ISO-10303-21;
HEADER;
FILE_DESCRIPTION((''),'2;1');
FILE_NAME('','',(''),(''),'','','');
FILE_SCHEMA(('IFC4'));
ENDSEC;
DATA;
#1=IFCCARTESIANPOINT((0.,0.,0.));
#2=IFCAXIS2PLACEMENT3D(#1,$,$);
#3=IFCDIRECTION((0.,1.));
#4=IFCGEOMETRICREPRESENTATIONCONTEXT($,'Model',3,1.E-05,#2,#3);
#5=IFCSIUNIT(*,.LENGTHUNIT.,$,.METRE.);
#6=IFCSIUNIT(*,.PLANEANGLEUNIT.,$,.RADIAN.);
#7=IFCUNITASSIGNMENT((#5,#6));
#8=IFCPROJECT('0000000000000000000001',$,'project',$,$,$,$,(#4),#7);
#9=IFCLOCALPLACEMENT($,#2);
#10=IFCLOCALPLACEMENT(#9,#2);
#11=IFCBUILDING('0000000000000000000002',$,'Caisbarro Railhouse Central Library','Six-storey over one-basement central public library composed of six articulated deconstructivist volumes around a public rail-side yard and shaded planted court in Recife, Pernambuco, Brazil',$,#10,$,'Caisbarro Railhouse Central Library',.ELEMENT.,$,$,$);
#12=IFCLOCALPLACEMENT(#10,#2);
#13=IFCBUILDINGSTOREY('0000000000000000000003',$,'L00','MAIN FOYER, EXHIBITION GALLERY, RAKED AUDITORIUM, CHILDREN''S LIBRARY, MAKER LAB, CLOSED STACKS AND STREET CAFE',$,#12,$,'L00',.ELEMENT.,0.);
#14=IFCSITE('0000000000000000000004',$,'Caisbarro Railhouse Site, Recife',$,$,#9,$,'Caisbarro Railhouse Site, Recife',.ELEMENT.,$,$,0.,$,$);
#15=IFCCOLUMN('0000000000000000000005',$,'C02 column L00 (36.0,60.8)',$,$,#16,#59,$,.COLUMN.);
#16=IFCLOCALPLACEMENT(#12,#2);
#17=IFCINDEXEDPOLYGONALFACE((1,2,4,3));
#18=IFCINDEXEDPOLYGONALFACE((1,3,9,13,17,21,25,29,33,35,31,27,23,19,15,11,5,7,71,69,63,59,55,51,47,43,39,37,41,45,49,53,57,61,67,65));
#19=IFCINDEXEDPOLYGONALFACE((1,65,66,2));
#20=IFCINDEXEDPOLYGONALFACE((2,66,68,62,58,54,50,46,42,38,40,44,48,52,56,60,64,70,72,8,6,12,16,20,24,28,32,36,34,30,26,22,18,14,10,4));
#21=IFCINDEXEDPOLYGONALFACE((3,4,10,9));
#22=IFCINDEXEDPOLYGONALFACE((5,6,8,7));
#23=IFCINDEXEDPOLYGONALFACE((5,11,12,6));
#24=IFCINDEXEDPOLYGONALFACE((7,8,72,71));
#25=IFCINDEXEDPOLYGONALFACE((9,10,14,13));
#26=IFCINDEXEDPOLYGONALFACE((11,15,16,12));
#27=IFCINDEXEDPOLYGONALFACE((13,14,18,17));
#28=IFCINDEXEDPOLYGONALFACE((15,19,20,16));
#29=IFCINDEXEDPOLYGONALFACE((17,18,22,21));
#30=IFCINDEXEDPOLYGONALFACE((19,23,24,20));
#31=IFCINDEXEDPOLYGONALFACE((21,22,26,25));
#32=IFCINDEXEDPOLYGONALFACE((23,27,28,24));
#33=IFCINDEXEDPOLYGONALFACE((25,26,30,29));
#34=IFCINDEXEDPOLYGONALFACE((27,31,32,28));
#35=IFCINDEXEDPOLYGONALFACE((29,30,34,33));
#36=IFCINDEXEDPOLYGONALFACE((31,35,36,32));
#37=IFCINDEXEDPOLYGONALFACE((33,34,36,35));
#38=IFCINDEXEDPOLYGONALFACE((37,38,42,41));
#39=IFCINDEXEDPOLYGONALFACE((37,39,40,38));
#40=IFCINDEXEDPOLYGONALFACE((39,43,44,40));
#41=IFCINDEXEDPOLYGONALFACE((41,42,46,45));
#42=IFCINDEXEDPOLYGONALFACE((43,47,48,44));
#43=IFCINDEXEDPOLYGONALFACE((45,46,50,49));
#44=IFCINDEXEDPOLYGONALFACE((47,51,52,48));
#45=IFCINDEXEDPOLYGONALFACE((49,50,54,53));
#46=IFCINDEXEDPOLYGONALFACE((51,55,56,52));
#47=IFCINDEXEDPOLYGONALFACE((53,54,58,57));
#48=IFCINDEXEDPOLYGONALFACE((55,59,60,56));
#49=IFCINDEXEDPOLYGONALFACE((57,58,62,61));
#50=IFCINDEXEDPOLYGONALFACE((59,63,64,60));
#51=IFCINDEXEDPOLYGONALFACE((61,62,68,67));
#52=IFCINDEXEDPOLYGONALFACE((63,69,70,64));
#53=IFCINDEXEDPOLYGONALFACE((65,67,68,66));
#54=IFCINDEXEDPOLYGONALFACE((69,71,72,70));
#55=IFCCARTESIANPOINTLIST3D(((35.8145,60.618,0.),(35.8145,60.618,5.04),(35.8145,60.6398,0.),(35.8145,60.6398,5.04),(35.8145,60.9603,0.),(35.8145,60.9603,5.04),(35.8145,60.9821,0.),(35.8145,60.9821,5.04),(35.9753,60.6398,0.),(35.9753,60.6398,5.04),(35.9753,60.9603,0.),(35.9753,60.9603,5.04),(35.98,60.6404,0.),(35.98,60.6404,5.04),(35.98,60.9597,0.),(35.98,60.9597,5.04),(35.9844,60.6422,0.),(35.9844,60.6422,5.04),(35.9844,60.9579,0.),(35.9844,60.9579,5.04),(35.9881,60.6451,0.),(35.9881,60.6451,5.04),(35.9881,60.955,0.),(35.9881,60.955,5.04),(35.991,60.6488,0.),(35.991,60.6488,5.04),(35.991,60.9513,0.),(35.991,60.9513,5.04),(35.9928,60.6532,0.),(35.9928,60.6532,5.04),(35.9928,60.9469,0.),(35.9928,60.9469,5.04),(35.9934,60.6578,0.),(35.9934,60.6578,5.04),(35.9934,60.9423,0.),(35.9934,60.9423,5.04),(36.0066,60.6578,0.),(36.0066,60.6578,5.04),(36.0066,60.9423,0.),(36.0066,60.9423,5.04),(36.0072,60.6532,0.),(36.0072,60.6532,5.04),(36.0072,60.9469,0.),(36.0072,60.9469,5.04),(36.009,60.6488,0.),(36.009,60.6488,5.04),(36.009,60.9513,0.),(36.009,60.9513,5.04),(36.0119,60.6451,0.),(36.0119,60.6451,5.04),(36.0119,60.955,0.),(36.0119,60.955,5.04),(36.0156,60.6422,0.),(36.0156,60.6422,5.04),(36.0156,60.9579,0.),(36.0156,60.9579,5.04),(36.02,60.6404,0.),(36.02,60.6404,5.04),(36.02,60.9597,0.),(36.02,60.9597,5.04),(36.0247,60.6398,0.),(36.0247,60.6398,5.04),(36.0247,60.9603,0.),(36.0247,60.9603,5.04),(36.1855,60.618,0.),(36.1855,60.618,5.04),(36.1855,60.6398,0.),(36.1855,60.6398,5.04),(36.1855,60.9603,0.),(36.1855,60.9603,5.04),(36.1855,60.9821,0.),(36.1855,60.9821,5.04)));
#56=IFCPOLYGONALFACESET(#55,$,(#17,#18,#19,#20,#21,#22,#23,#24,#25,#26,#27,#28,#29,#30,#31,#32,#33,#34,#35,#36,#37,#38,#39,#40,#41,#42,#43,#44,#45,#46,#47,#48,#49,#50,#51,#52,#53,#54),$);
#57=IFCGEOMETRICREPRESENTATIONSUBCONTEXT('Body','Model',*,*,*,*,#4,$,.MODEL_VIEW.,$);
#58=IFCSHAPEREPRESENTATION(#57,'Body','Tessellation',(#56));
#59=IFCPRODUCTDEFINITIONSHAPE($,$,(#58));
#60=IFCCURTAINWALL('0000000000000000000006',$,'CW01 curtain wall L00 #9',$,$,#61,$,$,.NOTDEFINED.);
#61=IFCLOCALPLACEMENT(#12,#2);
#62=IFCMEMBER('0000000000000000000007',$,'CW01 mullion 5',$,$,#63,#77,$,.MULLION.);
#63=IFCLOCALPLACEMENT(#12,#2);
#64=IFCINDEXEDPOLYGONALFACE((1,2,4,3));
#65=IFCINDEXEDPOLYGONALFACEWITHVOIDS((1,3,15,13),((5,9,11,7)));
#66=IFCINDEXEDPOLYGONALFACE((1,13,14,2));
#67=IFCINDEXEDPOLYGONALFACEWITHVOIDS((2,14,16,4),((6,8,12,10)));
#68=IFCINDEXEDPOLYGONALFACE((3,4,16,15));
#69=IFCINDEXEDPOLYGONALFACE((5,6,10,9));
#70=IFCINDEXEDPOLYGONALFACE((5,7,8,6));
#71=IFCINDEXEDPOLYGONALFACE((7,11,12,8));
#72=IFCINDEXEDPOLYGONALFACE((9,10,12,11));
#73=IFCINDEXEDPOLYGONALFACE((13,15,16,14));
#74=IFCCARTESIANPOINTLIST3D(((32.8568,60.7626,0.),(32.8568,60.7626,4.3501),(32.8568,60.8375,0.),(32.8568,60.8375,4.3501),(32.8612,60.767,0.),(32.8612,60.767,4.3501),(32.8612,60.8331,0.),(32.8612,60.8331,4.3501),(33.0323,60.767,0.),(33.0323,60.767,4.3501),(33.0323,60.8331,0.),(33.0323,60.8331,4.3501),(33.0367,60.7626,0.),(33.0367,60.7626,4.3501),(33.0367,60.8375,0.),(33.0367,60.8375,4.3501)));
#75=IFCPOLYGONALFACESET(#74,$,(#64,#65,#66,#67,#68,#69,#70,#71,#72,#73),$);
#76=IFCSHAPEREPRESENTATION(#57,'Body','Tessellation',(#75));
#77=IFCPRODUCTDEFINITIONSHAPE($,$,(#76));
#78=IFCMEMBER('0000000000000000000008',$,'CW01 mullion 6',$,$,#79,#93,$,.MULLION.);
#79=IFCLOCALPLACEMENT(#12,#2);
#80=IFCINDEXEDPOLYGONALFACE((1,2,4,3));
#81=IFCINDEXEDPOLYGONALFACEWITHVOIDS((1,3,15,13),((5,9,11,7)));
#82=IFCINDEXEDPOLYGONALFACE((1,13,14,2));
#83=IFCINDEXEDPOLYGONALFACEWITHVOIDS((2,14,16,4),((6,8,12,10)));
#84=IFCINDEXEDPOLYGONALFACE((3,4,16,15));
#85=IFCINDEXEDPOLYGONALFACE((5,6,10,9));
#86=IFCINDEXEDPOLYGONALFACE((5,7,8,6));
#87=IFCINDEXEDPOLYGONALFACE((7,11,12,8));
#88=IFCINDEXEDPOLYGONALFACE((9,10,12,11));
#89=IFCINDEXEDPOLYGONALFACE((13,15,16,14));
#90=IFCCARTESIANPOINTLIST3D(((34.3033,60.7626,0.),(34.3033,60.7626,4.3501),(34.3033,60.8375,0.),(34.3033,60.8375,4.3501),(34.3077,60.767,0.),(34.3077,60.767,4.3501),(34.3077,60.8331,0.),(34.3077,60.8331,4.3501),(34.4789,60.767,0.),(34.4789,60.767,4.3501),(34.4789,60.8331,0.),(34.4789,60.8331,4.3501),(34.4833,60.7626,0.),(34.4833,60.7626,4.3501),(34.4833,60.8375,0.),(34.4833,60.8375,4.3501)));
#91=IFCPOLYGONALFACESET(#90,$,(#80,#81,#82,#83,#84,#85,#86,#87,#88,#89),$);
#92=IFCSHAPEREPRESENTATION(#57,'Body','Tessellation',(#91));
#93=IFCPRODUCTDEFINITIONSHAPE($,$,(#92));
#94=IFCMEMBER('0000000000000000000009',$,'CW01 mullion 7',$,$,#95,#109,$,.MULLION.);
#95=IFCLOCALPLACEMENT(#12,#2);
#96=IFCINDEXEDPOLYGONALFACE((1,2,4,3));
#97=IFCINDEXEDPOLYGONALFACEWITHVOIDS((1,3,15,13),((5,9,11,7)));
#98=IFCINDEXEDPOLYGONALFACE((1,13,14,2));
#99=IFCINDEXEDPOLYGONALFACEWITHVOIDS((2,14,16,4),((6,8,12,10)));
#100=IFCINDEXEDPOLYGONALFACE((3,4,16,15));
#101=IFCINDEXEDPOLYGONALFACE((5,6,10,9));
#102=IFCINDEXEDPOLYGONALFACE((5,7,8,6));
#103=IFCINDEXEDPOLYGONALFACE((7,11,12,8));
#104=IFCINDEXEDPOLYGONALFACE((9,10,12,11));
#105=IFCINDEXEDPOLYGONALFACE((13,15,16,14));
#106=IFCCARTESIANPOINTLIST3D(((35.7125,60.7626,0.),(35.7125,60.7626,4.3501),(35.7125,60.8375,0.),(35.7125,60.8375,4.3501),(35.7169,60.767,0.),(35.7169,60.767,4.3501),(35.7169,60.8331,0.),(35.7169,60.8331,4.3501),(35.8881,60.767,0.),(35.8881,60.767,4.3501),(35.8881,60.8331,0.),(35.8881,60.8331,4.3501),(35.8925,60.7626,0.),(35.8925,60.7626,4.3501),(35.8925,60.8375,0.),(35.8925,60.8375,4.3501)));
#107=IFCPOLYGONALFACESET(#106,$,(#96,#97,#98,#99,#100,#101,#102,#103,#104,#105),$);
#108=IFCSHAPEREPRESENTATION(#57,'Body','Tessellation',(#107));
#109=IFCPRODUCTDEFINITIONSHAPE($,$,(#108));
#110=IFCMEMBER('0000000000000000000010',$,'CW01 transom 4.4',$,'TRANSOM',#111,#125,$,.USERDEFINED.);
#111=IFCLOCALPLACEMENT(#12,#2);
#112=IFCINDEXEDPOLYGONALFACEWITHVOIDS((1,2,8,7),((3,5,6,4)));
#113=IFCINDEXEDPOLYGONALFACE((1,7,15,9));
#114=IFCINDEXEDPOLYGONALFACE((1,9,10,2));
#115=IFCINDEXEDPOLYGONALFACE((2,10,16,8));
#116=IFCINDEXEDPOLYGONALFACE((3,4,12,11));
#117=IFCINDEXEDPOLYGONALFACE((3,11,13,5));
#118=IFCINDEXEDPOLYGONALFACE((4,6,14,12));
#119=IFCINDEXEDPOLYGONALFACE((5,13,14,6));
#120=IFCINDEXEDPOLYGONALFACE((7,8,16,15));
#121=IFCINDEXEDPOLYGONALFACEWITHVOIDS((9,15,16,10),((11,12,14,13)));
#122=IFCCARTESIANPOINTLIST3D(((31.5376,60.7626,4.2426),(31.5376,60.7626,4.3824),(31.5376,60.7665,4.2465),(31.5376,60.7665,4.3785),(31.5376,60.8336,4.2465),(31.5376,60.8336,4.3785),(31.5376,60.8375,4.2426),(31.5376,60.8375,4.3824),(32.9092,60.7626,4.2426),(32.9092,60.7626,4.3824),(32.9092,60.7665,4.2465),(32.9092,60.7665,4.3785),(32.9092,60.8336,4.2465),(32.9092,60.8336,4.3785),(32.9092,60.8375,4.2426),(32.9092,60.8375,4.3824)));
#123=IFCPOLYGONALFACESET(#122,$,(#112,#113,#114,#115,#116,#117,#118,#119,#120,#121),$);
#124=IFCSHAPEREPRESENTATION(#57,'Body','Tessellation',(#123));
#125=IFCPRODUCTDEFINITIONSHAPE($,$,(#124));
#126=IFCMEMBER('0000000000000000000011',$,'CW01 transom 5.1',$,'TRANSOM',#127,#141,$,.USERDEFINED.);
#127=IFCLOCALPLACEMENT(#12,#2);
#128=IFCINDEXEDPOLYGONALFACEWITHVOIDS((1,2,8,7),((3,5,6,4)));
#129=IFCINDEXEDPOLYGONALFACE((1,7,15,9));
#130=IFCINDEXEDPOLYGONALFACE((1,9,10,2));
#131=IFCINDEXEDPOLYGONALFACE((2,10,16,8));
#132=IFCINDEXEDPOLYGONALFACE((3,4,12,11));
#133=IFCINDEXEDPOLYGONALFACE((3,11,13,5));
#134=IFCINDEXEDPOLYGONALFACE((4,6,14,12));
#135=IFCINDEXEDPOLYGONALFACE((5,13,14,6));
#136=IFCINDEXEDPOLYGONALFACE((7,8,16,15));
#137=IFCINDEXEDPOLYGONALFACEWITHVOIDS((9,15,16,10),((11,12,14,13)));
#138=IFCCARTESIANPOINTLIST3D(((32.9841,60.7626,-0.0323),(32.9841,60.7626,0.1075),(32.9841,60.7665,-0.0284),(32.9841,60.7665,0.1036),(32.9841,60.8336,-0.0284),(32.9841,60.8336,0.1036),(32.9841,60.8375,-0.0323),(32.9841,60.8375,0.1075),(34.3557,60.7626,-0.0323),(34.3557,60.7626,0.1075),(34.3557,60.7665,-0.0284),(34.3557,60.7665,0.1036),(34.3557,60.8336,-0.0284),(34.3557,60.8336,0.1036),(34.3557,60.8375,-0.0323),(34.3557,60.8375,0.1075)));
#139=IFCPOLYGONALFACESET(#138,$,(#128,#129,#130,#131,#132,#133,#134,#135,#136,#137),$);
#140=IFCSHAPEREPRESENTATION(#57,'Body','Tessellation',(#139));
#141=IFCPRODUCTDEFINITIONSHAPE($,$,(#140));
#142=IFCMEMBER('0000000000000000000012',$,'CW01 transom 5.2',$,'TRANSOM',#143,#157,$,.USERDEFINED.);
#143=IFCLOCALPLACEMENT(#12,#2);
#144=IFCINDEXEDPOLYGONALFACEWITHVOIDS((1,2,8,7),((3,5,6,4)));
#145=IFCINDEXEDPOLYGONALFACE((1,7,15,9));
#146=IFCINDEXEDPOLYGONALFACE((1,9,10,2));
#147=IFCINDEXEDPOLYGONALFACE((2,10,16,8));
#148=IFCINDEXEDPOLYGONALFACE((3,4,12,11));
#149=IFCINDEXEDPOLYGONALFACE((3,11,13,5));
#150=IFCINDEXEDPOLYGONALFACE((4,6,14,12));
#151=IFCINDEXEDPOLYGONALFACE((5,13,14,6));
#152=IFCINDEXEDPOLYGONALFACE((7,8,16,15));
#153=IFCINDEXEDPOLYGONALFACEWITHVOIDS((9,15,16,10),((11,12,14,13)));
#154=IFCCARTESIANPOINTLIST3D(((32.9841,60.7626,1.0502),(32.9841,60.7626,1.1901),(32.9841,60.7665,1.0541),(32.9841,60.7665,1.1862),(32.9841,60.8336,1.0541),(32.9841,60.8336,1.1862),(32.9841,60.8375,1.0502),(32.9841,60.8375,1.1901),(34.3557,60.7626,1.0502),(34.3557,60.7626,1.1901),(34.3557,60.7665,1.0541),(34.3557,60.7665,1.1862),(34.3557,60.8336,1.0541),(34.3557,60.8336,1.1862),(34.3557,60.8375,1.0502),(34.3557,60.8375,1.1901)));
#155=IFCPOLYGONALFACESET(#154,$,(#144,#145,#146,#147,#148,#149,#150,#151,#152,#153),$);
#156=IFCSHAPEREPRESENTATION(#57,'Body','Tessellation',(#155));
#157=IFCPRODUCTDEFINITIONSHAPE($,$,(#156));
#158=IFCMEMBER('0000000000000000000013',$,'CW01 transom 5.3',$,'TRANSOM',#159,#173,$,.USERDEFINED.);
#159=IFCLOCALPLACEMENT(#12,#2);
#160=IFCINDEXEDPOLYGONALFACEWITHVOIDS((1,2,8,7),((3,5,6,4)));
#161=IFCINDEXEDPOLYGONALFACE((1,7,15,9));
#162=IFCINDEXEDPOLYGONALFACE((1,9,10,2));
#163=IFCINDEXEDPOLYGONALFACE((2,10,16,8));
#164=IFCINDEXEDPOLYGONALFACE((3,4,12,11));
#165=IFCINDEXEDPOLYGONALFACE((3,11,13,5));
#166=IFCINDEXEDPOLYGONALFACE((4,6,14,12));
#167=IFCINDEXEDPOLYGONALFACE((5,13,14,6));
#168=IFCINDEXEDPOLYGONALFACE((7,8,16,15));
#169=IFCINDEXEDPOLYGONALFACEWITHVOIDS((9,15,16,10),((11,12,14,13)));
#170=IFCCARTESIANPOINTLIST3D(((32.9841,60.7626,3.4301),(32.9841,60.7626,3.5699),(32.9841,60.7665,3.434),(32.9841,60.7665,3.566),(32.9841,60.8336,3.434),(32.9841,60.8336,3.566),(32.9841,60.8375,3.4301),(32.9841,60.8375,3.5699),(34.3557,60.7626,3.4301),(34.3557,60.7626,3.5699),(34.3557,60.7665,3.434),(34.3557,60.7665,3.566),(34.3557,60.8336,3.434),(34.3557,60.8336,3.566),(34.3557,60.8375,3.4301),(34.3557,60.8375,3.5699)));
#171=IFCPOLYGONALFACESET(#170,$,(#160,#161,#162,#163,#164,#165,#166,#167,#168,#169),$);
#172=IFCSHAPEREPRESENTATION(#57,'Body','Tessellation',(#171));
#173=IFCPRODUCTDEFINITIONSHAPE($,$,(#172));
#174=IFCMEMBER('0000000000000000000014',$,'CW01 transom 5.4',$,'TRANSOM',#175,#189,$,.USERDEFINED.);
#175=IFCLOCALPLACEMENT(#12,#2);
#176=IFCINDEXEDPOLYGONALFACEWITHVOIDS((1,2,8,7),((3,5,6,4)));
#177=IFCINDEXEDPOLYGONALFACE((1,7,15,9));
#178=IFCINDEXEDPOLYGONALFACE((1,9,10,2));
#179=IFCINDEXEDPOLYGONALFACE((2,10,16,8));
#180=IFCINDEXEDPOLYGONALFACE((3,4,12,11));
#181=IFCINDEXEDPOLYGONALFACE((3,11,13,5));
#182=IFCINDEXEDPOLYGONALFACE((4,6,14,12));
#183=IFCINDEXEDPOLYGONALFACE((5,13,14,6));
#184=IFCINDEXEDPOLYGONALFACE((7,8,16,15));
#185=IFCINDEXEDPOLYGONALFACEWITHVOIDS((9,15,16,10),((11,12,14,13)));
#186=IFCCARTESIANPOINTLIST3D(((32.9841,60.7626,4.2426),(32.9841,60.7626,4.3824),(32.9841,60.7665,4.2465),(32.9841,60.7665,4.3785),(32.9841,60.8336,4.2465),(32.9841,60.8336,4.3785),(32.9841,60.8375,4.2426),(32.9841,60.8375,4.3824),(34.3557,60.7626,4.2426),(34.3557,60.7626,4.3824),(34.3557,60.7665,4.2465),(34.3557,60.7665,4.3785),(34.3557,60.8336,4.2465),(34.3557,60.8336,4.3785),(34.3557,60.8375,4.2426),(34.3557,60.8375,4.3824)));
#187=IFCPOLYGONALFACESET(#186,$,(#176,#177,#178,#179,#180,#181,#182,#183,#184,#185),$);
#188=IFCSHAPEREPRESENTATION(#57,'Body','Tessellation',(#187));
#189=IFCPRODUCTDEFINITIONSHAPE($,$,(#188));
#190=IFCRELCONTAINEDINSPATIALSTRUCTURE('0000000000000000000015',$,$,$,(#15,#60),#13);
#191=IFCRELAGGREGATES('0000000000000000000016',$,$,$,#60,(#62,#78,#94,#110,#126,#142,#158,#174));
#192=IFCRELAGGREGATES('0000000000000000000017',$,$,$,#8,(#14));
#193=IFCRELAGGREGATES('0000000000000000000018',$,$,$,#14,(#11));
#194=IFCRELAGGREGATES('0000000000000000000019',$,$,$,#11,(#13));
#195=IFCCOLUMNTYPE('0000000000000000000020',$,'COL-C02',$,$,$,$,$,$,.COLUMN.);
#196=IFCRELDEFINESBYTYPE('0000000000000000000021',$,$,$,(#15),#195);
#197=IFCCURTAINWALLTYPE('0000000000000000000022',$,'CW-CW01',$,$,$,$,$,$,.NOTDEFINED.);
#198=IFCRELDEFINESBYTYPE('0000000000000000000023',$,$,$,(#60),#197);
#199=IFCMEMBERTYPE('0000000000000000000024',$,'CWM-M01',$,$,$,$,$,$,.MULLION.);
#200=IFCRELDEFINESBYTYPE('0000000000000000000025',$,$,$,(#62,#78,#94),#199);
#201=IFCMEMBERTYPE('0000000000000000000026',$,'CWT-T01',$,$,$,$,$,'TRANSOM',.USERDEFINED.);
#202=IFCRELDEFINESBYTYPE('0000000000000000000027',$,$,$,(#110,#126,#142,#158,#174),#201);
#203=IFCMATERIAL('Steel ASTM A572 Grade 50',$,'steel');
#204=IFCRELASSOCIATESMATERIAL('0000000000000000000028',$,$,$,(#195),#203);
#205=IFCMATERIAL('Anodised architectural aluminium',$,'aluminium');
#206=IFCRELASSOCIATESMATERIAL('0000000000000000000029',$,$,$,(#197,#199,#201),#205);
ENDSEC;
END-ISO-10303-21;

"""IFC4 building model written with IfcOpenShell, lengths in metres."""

from ifc_helpers import new_model, si_unit, direction, frame, origin, origin_2d, place, context, subcontext, project, spatial, hollow_rectangle, i_section, extrude, material, material_profile, profile_set, type_object, element, aggregate, save


model = new_model("IFC4")

# Units and contexts
model_context = context("Model", 3, precision=1e-05, world=origin(), true_north=direction((0.0, 1.0)))
body_context = subcontext(model_context, "Body", "Model", "MODEL_VIEW")
ifc_project = project(units=[si_unit("LENGTHUNIT", "METRE"), si_unit("PLANEANGLEUNIT", "RADIAN")], contexts=[model_context])

# Site, building, storey
site_placement = place(None, origin())
site = spatial("IfcSite", under=ifc_project, at=site_placement, Name="Caisbarro Railhouse Site, Recife", LongName="Caisbarro Railhouse Site, Recife", CompositionType="ELEMENT", RefElevation=0.0)
building_placement = place(site_placement, origin())
building = spatial("IfcBuilding", under=site, at=building_placement, Name="Caisbarro Railhouse Central Library", Description="Six-storey over one-basement central public library composed of six articulated deconstructivist volumes around a public rail-side yard and shaded planted court in Recife, Pernambuco, Brazil", LongName="Caisbarro Railhouse Central Library", CompositionType="ELEMENT")
storey_placement = place(building_placement, origin())
storey = spatial("IfcBuildingStorey", under=building, at=storey_placement, Name="L00", Description="MAIN FOYER, EXHIBITION GALLERY, RAKED AUDITORIUM, CHILDREN'S LIBRARY, MAKER LAB, CLOSED STACKS AND STREET CAFE", LongName="L00", CompositionType="ELEMENT", Elevation=0.0)

# Column
ifc_material_1 = material(Name="Steel ASTM A572 Grade 50", Category="steel")
ifc_material_profile_1 = material_profile(ifc_material_1, i_section(OverallWidth=0.3711, OverallDepth=0.364, WebThickness=0.0132, FlangeThickness=0.0217, FilletRadius=0.0181, at=origin_2d()), Name="W360X162.0")
ifc_profile_set_1 = profile_set([ifc_material_profile_1], Name="Steel ASTM A572 Grade 50")
column_type = type_object("IfcColumnType", Name="COL-C02", PredefinedType="COLUMN", material=ifc_profile_set_1)
column_placement = place(storey_placement, frame((36.0, 60.8, 0.0), z_axis=(0.0, 0.0, 1.0), x_axis=(1.0, 0.0, 0.0)))
element("IfcColumn", 1, at=column_placement, inside=storey, type_object=column_type, Name="C02 column L00 (36.0,60.8)", PredefinedType="COLUMN", context=body_context, shape_type="SweptSolid", body=[
    extrude(i_section(OverallWidth=0.3711, OverallDepth=0.364, WebThickness=0.0132, FlangeThickness=0.0217, FilletRadius=0.0181, at=origin_2d()), origin(), (0.0, 0.0, 1.0), 5.04),
])

# Curtain wall, members
ifc_material_2 = material(Name="Anodised architectural aluminium", Category="aluminium")
curtain_wall_type = type_object("IfcCurtainWallType", Name="CW-CW01", PredefinedType="NOTDEFINED", material=ifc_material_2)
curtain_wall_placement = place(storey_placement, origin())
curtain_wall = element("IfcCurtainWall", 2, at=curtain_wall_placement, inside=storey, type_object=curtain_wall_type, Name="CW01 curtain wall L00 #9", PredefinedType="NOTDEFINED")
ifc_material_profile_2 = material_profile(ifc_material_2, hollow_rectangle(XDim=0.075, YDim=0.1799, WallThickness=0.0044, at=origin_2d()), Name="ALU-MUL-75X180")
ifc_profile_set_2 = profile_set([ifc_material_profile_2], Name="Anodised architectural aluminium")
member_type_1 = type_object("IfcMemberType", Name="CWM-M01", PredefinedType="MULLION", material=ifc_profile_set_2)
member_1_placement = place(storey_placement, frame((32.9468, 60.8, 0.0), z_axis=(0.0, 0.0, 1.0), x_axis=(0.0, 1.0, 0.0)))
member_1 = element("IfcMember", 3, at=member_1_placement, type_object=member_type_1, Name="CW01 mullion 5", PredefinedType="MULLION", context=body_context, shape_type="SweptSolid", body=[
    extrude(hollow_rectangle(XDim=0.075, YDim=0.1799, WallThickness=0.0044, at=origin_2d()), origin(), (0.0, 0.0, 1.0), 4.3501),
])
member_2_placement = place(storey_placement, frame((34.3933, 60.8, 0.0), z_axis=(0.0, 0.0, 1.0), x_axis=(0.0, 1.0, 0.0)))
member_2 = element("IfcMember", 4, at=member_2_placement, type_object=member_type_1, Name="CW01 mullion 6", PredefinedType="MULLION", context=body_context, shape_type="SweptSolid", body=[
    extrude(hollow_rectangle(XDim=0.075, YDim=0.1799, WallThickness=0.0044, at=origin_2d()), origin(), (0.0, 0.0, 1.0), 4.3501),
])
member_3_placement = place(storey_placement, frame((35.8025, 60.8, 0.0), z_axis=(0.0, 0.0, 1.0), x_axis=(0.0, 1.0, 0.0)))
member_3 = element("IfcMember", 5, at=member_3_placement, type_object=member_type_1, Name="CW01 mullion 7", PredefinedType="MULLION", context=body_context, shape_type="SweptSolid", body=[
    extrude(hollow_rectangle(XDim=0.075, YDim=0.1799, WallThickness=0.0044, at=origin_2d()), origin(), (0.0, 0.0, 1.0), 4.3501),
])
ifc_material_profile_3 = material_profile(ifc_material_2, hollow_rectangle(XDim=0.075, YDim=0.1399, WallThickness=0.0039, at=origin_2d()), Name="ALU-TRN-75X140")
ifc_profile_set_3 = profile_set([ifc_material_profile_3], Name="Anodised architectural aluminium")
member_type_2 = type_object("IfcMemberType", Name="CWT-T01", ElementType="TRANSOM", PredefinedType="USERDEFINED", material=ifc_profile_set_3)
member_4_placement = place(storey_placement, frame((31.5376, 60.8, 4.3125), z_axis=(1.0, 0.0, 0.0), x_axis=(0.0, 1.0, 0.0)))
member_4 = element("IfcMember", 6, at=member_4_placement, type_object=member_type_2, Name="CW01 transom 4.4", ObjectType="TRANSOM", PredefinedType="USERDEFINED", context=body_context, shape_type="SweptSolid", body=[
    extrude(hollow_rectangle(XDim=0.075, YDim=0.1399, WallThickness=0.0039, at=origin_2d()), origin(), (0.0, 0.0, 1.0), 1.3716),
])
member_5_placement = place(storey_placement, frame((32.9841, 60.8, 0.0376), z_axis=(1.0, 0.0, 0.0), x_axis=(0.0, 1.0, 0.0)))
member_5 = element("IfcMember", 7, at=member_5_placement, type_object=member_type_2, Name="CW01 transom 5.1", ObjectType="TRANSOM", PredefinedType="USERDEFINED", context=body_context, shape_type="SweptSolid", body=[
    extrude(hollow_rectangle(XDim=0.075, YDim=0.1399, WallThickness=0.0039, at=origin_2d()), origin(), (0.0, 0.0, 1.0), 1.3716),
])
member_6_placement = place(storey_placement, frame((32.9841, 60.8, 1.1201), z_axis=(1.0, 0.0, 0.0), x_axis=(0.0, 1.0, 0.0)))
member_6 = element("IfcMember", 8, at=member_6_placement, type_object=member_type_2, Name="CW01 transom 5.2", ObjectType="TRANSOM", PredefinedType="USERDEFINED", context=body_context, shape_type="SweptSolid", body=[
    extrude(hollow_rectangle(XDim=0.075, YDim=0.1399, WallThickness=0.0039, at=origin_2d()), origin(), (0.0, 0.0, 1.0), 1.3716),
])
member_7_placement = place(storey_placement, frame((32.9841, 60.8, 3.5), z_axis=(1.0, 0.0, 0.0), x_axis=(0.0, 1.0, 0.0)))
member_7 = element("IfcMember", 9, at=member_7_placement, type_object=member_type_2, Name="CW01 transom 5.3", ObjectType="TRANSOM", PredefinedType="USERDEFINED", context=body_context, shape_type="SweptSolid", body=[
    extrude(hollow_rectangle(XDim=0.075, YDim=0.1399, WallThickness=0.0039, at=origin_2d()), origin(), (0.0, 0.0, 1.0), 1.3716),
])
member_8_placement = place(storey_placement, frame((32.9841, 60.8, 4.3125), z_axis=(1.0, 0.0, 0.0), x_axis=(0.0, 1.0, 0.0)))
member_8 = element("IfcMember", 10, at=member_8_placement, type_object=member_type_2, Name="CW01 transom 5.4", ObjectType="TRANSOM", PredefinedType="USERDEFINED", context=body_context, shape_type="SweptSolid", body=[
    extrude(hollow_rectangle(XDim=0.075, YDim=0.1399, WallThickness=0.0039, at=origin_2d()), origin(), (0.0, 0.0, 1.0), 1.3716),
])
aggregate(curtain_wall, [member_1, member_2, member_3, member_4, member_5, member_6, member_7, member_8])

save(model, "model.ifc")
